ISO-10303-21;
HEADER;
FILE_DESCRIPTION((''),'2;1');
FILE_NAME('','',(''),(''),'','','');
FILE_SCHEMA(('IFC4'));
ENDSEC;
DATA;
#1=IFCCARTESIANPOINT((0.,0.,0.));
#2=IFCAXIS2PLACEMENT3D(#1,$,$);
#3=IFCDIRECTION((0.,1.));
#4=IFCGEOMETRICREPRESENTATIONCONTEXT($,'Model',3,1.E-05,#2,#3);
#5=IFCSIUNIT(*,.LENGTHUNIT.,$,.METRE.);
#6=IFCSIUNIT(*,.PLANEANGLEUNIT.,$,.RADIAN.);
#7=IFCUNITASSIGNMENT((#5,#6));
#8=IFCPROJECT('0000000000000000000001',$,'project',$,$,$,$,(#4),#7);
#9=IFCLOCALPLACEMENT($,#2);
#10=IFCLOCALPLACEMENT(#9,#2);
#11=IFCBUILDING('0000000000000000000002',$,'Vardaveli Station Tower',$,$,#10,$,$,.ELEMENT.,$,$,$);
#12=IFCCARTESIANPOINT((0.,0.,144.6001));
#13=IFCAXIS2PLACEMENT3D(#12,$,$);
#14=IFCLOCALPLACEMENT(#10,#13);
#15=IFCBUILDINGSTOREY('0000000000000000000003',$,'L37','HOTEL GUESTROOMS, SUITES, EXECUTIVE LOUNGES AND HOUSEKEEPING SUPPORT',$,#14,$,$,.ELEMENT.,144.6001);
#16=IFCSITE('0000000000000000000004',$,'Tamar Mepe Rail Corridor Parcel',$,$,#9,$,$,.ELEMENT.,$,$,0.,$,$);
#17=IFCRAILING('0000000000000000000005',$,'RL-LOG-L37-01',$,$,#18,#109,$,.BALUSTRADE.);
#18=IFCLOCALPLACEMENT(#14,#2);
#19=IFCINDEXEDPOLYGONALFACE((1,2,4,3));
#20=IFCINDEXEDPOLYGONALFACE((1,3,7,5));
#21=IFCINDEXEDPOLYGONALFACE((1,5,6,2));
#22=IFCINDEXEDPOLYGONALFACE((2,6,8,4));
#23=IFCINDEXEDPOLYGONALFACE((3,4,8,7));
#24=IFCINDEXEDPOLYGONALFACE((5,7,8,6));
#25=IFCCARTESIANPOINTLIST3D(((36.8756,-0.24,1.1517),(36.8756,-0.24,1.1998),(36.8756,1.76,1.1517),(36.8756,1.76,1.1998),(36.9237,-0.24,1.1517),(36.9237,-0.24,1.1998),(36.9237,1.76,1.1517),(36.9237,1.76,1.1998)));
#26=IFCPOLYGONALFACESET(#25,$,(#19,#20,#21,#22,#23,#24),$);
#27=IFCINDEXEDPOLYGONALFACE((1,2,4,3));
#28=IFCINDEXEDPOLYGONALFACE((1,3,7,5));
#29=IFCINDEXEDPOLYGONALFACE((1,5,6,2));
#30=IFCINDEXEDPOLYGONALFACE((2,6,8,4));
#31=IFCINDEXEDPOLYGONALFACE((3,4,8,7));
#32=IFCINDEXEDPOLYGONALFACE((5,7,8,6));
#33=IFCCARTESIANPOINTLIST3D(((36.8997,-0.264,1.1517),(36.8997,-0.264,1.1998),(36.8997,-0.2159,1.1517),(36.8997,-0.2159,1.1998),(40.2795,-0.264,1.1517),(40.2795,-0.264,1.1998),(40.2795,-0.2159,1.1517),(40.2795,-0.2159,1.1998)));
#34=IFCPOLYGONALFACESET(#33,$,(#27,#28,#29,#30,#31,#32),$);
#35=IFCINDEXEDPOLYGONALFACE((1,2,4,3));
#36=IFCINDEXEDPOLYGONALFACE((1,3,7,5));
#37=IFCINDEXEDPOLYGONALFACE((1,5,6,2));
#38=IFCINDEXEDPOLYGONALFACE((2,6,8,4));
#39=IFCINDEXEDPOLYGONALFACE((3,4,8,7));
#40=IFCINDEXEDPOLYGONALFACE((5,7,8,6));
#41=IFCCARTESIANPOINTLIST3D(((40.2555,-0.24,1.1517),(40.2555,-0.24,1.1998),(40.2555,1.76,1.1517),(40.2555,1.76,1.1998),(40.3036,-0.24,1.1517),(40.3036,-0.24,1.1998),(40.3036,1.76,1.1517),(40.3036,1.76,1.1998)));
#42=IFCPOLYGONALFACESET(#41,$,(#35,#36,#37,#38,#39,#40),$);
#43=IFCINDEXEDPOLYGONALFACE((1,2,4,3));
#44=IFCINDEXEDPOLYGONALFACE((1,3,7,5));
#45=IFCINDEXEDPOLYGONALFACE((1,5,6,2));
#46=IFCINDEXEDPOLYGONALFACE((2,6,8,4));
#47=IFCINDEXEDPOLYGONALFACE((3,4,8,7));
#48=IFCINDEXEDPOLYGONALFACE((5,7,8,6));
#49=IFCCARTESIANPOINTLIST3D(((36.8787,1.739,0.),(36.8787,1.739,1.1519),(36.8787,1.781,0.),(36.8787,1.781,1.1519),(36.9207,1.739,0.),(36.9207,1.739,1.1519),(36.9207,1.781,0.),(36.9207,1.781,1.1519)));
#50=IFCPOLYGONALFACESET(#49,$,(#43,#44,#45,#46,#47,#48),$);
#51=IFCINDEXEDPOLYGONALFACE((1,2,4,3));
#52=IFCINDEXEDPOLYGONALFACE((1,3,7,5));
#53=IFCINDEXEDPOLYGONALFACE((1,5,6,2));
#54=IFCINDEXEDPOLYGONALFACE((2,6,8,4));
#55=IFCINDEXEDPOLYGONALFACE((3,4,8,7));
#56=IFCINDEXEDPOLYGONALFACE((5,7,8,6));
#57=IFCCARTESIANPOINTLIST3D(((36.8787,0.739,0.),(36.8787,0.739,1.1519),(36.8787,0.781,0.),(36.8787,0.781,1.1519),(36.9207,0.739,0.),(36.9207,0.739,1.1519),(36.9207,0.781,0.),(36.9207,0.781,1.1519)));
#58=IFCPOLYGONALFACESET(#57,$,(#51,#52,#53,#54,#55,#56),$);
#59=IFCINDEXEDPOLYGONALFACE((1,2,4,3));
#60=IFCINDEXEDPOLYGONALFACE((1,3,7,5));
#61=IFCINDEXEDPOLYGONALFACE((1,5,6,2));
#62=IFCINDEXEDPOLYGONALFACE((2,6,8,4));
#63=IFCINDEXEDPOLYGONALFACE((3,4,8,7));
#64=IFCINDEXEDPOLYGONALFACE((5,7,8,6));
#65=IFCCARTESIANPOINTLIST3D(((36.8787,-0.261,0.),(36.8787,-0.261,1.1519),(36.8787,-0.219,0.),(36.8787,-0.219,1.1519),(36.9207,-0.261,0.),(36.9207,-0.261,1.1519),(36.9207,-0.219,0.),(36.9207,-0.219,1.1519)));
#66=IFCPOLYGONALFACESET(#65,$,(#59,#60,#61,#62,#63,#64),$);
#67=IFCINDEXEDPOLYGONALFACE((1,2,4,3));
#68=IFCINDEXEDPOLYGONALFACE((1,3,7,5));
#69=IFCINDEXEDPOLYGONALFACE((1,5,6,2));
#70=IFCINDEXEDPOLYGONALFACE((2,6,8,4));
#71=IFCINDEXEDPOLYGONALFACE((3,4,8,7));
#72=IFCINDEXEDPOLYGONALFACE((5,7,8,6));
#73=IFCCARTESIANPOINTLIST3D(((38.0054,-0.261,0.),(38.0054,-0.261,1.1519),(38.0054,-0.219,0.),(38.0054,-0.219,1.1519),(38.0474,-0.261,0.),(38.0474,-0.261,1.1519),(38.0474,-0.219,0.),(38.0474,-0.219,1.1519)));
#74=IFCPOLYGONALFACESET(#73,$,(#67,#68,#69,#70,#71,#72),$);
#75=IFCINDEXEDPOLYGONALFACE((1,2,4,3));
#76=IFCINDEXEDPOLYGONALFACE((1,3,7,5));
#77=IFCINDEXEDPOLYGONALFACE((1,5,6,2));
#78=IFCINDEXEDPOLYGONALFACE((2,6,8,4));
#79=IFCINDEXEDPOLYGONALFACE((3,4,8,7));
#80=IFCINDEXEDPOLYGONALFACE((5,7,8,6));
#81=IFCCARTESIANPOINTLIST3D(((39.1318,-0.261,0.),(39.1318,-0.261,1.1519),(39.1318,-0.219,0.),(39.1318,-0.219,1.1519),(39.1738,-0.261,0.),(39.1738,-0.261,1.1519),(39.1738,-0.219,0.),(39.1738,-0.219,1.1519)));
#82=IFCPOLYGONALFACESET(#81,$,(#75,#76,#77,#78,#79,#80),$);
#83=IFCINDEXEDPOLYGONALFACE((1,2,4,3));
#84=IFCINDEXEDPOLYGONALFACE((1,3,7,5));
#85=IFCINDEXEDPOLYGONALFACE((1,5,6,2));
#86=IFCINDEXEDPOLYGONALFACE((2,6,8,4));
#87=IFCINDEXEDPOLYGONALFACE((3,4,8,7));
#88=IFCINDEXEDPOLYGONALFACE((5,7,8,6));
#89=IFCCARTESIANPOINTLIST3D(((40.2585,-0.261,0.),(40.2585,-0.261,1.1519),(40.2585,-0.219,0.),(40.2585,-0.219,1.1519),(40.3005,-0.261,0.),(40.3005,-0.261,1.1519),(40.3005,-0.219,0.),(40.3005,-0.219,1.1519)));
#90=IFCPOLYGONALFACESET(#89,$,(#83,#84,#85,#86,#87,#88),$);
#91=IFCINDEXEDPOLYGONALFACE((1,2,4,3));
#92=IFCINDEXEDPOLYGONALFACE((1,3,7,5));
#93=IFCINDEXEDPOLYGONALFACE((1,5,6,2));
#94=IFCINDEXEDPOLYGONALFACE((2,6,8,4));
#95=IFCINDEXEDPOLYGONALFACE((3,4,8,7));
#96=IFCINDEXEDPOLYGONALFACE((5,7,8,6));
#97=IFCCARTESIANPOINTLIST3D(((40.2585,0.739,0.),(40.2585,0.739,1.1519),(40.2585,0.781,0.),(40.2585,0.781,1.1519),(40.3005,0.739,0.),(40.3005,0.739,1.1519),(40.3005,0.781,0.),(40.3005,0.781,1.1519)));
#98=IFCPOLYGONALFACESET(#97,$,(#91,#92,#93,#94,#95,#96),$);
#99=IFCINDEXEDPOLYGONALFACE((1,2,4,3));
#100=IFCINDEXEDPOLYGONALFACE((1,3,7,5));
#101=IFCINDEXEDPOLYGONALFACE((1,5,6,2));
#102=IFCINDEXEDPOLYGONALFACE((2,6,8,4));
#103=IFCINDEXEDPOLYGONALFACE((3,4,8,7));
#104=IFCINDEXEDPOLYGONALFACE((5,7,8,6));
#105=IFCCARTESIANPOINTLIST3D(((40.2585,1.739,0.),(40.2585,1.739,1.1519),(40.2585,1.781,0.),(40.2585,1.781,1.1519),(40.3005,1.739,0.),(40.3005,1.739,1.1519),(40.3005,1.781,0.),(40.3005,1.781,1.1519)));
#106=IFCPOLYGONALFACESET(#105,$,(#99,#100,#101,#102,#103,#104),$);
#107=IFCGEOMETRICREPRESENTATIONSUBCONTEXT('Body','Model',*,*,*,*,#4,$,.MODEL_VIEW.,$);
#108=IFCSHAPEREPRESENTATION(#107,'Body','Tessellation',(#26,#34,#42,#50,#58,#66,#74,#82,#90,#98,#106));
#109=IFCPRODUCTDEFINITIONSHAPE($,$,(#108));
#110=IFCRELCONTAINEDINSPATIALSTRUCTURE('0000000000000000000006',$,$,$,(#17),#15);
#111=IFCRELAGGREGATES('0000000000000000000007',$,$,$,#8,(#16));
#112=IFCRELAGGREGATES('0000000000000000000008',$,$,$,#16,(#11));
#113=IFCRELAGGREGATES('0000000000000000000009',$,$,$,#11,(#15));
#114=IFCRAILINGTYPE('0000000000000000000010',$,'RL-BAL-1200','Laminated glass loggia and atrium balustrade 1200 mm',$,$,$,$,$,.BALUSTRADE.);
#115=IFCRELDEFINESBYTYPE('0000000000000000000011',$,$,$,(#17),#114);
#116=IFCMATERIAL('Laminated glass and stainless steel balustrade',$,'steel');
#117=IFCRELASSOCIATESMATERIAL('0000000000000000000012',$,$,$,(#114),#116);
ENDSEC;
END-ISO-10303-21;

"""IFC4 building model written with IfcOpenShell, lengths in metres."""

from ifc_helpers import new_model, si_unit, direction, frame, origin, origin_2d, place, context, subcontext, project, spatial, rectangle, extrude, source, transform, mapped, material, type_object, element, save


model = new_model("IFC4")

# Units and contexts
model_context = context("Model", 3, precision=1e-05, world=origin(), true_north=direction((0.0, 1.0)))
body_context = subcontext(model_context, "Body", "Model", "MODEL_VIEW")
ifc_project = project(units=[si_unit("LENGTHUNIT", "METRE"), si_unit("PLANEANGLEUNIT", "RADIAN")], contexts=[model_context])

# Site, building, storey
site_placement = place(None, origin())
site = spatial("IfcSite", under=ifc_project, at=site_placement, Name="Tamar Mepe Rail Corridor Parcel", CompositionType="ELEMENT", RefElevation=0.0)
building_placement = place(site_placement, origin())
building = spatial("IfcBuilding", under=site, at=building_placement, Name="Vardaveli Station Tower", CompositionType="ELEMENT")
storey_placement = place(building_placement, frame((0.0, 0.0, 144.6001)))
storey = spatial("IfcBuildingStorey", under=building, at=storey_placement, Name="L37", Description="HOTEL GUESTROOMS, SUITES, EXECUTIVE LOUNGES AND HOUSEKEEPING SUPPORT", CompositionType="ELEMENT", Elevation=144.6001)

# Railing
ifc_material_1 = material(Name="Laminated glass and stainless steel balustrade", Category="steel")
railing_type = type_object("IfcRailingType", Name="RL-BAL-1200", Description="Laminated glass loggia and atrium balustrade 1200 mm", PredefinedType="BALUSTRADE", material=ifc_material_1)
shared_shape_1 = source(origin(), body_context, "Body", "SweptSolid", [
    extrude(rectangle(XDim=0.0481, YDim=0.0481, at=origin_2d()), frame((0.0, 0.0, 1.1758), z_axis=(0.0, -1.0, 0.0), x_axis=(1.0, 0.0, 0.0)), (0.0, 0.0, 1.0), 2.0),
    extrude(rectangle(XDim=0.0481, YDim=0.0481, at=origin_2d()), frame((0.0, -2.0, 1.1758), z_axis=(1.0, 0.0, 0.0), x_axis=(0.0, 1.0, 0.0)), (0.0, 0.0, 1.0), 3.3799),
    extrude(rectangle(XDim=0.0481, YDim=0.0481, at=origin_2d()), frame((3.3799, -2.0, 1.1758), z_axis=(0.0, 1.0, 0.0), x_axis=(-1.0, 0.0, 0.0)), (0.0, 0.0, 1.0), 2.0),
    extrude(rectangle(XDim=0.042, YDim=0.042, at=origin_2d()), origin(), (0.0, 0.0, 1.0), 1.1519),
    extrude(rectangle(XDim=0.042, YDim=0.042, at=origin_2d()), frame((0.0, -1.0, 0.0)), (0.0, 0.0, 1.0), 1.1519),
    extrude(rectangle(XDim=0.042, YDim=0.042, at=origin_2d()), frame((0.0, -2.0, 0.0)), (0.0, 0.0, 1.0), 1.1519),
    extrude(rectangle(XDim=0.042, YDim=0.042, at=origin_2d()), frame((1.1267, -2.0, 0.0)), (0.0, 0.0, 1.0), 1.1519),
    extrude(rectangle(XDim=0.042, YDim=0.042, at=origin_2d()), frame((2.2532, -2.0, 0.0)), (0.0, 0.0, 1.0), 1.1519),
    extrude(rectangle(XDim=0.042, YDim=0.042, at=origin_2d()), frame((3.3799, -2.0, 0.0)), (0.0, 0.0, 1.0), 1.1519),
    extrude(rectangle(XDim=0.042, YDim=0.042, at=origin_2d()), frame((3.3799, -1.0, 0.0)), (0.0, 0.0, 1.0), 1.1519),
    extrude(rectangle(XDim=0.042, YDim=0.042, at=origin_2d()), frame((3.3799, 0.0, 0.0)), (0.0, 0.0, 1.0), 1.1519),
])
railing_placement = place(storey_placement, frame((36.8997, 1.76, 0.0)))
element("IfcRailing", 1, at=railing_placement, inside=storey, type_object=railing_type, Name="RL-LOG-L37-01", PredefinedType="BALUSTRADE", context=body_context, shape_type="MappedRepresentation", body=[
    mapped(shared_shape_1, transform((0.0, 0.0, 0.0), scale=1.0)),
])

save(model, "model.ifc")
